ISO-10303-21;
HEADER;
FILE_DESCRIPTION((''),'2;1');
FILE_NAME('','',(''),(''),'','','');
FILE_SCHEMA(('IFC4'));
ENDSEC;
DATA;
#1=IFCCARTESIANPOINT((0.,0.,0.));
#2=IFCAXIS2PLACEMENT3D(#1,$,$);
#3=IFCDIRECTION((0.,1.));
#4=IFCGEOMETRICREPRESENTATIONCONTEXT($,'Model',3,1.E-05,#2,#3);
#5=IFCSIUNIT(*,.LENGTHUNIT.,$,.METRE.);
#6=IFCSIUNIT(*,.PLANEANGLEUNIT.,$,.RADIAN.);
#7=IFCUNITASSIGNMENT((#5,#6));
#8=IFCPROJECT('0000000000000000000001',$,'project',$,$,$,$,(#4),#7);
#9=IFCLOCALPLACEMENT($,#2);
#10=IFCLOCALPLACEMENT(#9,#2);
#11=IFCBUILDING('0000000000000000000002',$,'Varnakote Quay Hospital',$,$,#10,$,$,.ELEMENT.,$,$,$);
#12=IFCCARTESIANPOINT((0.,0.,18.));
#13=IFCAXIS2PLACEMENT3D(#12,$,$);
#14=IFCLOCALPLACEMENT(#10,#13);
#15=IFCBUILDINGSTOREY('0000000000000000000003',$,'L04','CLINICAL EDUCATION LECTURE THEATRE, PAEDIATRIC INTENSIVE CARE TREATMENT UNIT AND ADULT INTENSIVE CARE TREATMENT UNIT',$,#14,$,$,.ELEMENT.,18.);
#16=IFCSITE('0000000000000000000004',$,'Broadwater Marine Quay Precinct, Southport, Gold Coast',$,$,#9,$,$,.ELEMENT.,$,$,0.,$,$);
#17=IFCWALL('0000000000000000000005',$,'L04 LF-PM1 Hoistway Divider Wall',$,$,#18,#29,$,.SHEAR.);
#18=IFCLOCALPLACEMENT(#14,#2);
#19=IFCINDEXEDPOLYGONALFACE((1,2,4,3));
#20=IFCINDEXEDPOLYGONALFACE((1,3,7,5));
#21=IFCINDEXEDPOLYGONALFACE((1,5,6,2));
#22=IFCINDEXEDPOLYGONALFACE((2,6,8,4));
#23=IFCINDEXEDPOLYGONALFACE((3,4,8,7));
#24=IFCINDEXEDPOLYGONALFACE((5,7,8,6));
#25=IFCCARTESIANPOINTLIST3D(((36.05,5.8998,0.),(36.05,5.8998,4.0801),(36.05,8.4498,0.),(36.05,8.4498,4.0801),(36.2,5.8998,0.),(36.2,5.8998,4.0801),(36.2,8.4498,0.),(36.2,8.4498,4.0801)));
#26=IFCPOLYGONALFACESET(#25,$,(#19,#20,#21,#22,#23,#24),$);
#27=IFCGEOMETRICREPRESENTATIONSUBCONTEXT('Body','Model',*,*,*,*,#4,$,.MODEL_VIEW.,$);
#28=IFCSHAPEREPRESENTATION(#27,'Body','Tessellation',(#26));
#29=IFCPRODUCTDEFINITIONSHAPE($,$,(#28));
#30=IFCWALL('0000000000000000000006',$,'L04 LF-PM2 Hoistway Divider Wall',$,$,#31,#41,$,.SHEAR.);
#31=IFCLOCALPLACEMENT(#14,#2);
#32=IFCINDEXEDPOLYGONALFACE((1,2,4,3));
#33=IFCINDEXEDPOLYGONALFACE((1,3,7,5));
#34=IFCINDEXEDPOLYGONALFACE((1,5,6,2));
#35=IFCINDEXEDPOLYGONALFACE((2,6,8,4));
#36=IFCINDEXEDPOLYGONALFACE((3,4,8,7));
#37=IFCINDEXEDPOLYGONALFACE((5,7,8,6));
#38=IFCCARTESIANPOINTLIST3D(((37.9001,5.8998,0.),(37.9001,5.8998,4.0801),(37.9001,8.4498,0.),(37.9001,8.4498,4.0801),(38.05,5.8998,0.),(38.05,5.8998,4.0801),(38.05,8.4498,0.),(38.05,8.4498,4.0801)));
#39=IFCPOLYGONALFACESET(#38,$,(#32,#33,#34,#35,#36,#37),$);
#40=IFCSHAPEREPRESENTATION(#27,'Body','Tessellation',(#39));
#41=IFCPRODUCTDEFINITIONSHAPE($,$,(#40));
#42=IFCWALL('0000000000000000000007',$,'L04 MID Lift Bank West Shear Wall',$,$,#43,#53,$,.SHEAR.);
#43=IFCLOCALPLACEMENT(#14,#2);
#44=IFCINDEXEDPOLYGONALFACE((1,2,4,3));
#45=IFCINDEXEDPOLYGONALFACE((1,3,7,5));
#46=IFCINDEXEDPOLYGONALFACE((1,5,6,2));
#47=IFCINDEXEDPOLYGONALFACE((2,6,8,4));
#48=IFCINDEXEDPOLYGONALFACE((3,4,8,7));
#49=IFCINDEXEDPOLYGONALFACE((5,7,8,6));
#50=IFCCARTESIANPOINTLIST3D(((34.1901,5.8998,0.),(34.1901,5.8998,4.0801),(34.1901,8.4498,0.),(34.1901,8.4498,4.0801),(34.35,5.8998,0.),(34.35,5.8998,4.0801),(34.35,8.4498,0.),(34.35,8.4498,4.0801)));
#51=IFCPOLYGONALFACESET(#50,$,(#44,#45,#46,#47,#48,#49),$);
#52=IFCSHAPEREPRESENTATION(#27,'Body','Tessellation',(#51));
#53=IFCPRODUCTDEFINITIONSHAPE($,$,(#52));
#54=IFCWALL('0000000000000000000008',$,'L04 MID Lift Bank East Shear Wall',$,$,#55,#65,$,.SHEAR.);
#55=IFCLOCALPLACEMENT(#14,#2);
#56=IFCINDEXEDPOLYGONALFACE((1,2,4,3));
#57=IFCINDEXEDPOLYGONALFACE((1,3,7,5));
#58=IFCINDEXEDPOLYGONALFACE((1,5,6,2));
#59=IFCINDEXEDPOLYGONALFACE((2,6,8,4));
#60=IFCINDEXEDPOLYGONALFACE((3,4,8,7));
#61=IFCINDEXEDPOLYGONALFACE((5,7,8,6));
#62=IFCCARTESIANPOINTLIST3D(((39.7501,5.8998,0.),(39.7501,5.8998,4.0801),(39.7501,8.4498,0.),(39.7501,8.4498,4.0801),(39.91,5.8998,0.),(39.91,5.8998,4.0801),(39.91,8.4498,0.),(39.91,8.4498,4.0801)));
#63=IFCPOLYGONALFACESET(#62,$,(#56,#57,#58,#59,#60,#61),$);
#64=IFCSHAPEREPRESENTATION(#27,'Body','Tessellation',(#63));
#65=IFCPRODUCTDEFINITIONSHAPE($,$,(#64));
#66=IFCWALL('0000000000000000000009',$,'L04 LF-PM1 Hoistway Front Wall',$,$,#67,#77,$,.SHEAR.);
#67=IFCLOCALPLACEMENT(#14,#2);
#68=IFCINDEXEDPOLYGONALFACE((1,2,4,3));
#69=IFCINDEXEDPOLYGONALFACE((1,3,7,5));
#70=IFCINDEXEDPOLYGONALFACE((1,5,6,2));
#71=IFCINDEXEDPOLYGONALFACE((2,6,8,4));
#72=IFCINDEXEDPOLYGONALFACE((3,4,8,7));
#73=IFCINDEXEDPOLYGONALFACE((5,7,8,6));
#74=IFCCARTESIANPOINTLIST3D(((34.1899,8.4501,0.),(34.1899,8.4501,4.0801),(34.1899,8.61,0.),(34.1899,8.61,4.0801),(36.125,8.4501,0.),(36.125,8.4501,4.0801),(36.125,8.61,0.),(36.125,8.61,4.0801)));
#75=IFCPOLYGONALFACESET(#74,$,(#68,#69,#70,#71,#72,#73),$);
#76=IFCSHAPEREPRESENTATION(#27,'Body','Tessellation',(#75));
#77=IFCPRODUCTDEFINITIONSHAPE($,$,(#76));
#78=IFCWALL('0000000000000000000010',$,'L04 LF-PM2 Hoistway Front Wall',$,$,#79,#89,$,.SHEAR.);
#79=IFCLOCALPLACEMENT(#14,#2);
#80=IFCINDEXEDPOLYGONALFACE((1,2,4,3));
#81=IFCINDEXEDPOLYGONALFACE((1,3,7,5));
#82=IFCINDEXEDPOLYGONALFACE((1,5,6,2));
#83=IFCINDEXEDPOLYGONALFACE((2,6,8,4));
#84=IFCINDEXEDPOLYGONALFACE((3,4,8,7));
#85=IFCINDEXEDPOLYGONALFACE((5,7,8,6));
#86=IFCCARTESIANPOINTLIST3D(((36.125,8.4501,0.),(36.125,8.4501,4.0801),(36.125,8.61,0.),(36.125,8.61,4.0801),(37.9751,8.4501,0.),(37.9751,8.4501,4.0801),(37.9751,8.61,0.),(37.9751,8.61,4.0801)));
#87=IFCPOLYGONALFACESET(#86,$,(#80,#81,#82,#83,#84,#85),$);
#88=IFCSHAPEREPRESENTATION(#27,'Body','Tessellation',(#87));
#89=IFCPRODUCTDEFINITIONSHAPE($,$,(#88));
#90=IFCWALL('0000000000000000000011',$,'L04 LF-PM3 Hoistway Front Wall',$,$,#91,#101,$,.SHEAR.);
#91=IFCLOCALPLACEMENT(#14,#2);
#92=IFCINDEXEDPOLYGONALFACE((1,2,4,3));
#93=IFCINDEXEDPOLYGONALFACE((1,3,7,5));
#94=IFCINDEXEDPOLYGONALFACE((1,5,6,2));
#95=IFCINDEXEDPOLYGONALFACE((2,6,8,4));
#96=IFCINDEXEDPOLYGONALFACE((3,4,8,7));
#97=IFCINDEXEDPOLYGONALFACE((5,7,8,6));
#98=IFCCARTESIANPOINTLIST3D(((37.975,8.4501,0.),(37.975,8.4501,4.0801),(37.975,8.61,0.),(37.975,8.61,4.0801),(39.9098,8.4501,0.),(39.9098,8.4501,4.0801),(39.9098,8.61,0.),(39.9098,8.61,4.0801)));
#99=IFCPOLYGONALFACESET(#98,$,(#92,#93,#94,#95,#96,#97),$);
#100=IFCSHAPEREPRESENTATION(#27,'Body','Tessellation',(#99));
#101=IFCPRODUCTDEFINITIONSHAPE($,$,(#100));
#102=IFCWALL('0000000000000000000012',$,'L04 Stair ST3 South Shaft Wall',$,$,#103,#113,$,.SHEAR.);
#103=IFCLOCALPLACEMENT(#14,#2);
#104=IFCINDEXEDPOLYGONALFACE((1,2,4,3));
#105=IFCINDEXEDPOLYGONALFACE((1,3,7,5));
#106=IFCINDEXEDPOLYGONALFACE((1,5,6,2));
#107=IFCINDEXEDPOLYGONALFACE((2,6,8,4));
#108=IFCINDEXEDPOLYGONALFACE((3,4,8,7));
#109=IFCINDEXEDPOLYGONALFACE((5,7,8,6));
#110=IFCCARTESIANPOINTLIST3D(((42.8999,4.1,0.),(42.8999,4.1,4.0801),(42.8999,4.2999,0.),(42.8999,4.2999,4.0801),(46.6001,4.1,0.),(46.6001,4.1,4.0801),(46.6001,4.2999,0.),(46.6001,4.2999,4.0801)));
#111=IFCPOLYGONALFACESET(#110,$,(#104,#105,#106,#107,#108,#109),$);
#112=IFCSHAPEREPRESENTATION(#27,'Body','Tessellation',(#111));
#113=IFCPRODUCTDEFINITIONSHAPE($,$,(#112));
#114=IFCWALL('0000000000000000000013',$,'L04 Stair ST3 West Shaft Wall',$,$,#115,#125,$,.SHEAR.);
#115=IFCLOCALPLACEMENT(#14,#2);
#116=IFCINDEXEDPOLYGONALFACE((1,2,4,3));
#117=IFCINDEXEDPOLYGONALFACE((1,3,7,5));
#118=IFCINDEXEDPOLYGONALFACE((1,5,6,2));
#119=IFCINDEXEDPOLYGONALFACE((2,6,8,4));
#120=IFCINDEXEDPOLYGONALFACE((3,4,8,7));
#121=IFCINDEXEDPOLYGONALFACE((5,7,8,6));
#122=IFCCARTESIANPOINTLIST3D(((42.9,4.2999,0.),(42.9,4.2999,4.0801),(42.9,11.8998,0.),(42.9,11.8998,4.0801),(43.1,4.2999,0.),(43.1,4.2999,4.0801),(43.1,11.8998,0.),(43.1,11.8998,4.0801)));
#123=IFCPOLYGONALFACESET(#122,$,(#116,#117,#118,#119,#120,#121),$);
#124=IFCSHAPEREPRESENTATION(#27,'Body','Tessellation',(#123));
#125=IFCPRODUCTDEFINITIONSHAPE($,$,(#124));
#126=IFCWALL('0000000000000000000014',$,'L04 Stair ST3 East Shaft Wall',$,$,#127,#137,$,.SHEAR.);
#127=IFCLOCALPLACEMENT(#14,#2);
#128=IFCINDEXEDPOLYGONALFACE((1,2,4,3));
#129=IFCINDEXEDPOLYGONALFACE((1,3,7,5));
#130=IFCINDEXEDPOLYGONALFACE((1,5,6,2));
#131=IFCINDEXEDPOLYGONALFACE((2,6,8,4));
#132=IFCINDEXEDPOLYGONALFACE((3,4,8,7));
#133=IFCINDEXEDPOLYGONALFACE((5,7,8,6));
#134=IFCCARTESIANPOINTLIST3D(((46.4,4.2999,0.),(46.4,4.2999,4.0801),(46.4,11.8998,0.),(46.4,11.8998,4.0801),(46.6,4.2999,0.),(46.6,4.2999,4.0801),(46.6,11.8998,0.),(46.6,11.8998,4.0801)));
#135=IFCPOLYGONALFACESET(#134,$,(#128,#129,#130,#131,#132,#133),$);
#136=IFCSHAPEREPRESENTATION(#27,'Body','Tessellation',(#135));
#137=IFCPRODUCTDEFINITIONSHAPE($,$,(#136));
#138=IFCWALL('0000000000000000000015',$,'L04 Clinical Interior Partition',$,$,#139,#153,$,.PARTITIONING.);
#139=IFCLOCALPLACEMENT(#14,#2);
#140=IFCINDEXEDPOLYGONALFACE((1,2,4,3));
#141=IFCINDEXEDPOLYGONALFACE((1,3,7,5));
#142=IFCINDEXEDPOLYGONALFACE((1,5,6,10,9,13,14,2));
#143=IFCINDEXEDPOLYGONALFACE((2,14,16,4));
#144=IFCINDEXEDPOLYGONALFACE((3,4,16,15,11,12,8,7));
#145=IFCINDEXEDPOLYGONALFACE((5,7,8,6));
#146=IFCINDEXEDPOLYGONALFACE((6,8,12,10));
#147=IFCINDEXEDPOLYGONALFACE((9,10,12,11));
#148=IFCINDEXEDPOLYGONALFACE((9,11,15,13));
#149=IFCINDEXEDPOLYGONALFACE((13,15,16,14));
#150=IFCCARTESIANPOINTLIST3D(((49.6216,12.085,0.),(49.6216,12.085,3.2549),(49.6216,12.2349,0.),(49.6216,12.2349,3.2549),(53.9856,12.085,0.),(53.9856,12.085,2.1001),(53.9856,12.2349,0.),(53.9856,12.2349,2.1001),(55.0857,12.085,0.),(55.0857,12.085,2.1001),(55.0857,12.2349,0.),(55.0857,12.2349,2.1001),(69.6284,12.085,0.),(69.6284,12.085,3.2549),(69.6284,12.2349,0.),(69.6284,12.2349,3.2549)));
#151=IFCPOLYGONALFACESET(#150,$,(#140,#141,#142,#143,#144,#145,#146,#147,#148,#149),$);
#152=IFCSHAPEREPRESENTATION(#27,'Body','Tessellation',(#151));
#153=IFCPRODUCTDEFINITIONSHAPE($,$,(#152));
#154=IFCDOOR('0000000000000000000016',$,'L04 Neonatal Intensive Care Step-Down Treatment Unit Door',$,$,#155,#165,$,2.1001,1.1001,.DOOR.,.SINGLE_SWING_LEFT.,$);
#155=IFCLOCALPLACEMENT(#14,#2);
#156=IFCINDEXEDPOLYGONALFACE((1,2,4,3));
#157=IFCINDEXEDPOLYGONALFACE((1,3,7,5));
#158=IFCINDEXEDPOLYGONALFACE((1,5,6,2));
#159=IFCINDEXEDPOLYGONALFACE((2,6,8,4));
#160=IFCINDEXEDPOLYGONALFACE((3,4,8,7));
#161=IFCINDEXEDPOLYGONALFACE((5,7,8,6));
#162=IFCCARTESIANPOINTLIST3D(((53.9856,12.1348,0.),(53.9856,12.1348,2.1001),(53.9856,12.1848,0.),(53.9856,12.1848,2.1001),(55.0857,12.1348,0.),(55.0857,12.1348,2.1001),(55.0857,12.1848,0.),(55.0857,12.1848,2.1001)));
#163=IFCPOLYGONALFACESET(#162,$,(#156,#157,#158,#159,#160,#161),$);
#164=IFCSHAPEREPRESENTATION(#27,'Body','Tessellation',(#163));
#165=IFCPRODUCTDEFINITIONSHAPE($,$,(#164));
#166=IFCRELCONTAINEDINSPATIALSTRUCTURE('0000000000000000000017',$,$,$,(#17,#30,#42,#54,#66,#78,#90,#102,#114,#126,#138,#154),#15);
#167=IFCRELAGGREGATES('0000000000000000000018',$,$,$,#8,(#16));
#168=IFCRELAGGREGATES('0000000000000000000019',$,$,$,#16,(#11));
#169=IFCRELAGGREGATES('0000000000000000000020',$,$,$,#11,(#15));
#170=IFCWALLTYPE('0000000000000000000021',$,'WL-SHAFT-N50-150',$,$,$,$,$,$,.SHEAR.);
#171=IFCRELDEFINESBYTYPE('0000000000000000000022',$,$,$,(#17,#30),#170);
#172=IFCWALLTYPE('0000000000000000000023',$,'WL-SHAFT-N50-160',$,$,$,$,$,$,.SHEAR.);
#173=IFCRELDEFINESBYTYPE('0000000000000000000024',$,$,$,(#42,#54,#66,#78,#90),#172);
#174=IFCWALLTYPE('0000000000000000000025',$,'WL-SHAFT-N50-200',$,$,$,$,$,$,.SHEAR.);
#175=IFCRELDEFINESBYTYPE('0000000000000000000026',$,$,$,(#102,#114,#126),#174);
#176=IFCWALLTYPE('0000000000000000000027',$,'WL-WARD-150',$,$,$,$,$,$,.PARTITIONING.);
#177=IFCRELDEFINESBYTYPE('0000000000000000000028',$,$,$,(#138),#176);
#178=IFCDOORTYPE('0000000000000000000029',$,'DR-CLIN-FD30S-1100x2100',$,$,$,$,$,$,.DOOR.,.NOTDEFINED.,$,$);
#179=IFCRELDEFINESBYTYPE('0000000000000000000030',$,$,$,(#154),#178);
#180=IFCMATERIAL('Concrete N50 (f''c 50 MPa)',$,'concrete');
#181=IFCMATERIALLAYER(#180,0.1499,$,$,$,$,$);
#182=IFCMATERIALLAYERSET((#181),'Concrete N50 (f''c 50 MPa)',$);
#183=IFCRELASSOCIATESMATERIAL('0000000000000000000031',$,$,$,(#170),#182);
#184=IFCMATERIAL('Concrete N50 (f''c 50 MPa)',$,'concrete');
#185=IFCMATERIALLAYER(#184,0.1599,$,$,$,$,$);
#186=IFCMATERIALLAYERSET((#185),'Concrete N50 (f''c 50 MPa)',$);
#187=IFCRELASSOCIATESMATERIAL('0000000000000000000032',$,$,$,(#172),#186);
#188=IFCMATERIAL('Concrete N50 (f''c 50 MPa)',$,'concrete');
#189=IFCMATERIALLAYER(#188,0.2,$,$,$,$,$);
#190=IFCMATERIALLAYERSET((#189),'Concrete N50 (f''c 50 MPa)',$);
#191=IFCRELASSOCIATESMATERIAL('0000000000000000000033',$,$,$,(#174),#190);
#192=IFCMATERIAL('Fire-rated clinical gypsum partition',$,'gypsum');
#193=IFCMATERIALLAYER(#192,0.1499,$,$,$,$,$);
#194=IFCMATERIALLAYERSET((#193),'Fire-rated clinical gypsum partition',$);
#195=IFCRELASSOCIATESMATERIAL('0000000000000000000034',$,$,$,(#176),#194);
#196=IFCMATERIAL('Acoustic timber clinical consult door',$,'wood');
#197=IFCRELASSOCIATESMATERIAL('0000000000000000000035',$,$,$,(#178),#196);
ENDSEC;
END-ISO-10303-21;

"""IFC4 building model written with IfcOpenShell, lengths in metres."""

from ifc_helpers import new_model, si_unit, direction, frame, frame_2d, origin, place, context, subcontext, project, spatial, rectangle, extrude, material, layer, layer_set, type_object, element, fill, save


model = new_model("IFC4")

# Units and contexts
model_context = context("Model", 3, precision=1e-05, world=origin(), true_north=direction((0.0, 1.0)))
body_context = subcontext(model_context, "Body", "Model", "MODEL_VIEW")
ifc_project = project(units=[si_unit("LENGTHUNIT", "METRE"), si_unit("PLANEANGLEUNIT", "RADIAN")], contexts=[model_context])

# Site, building, storey
site_placement = place(None, origin())
site = spatial("IfcSite", under=ifc_project, at=site_placement, Name="Broadwater Marine Quay Precinct, Southport, Gold Coast", CompositionType="ELEMENT", RefElevation=0.0)
building_placement = place(site_placement, origin())
building = spatial("IfcBuilding", under=site, at=building_placement, Name="Varnakote Quay Hospital", CompositionType="ELEMENT")
storey_placement = place(building_placement, frame((0.0, 0.0, 18.0)))
storey = spatial("IfcBuildingStorey", under=building, at=storey_placement, Name="L04", Description="CLINICAL EDUCATION LECTURE THEATRE, PAEDIATRIC INTENSIVE CARE TREATMENT UNIT AND ADULT INTENSIVE CARE TREATMENT UNIT", CompositionType="ELEMENT", Elevation=18.0)

# Walls
ifc_material_1 = material(Name="Concrete N50 (f'c 50 MPa)", Category="concrete")
ifc_layer_1 = layer(ifc_material_1, 0.1499)
ifc_layer_set_1 = layer_set([ifc_layer_1], Name="Concrete N50 (f'c 50 MPa)")
wall_type_1 = type_object("IfcWallType", Name="WL-SHAFT-N50-150", PredefinedType="SHEAR", material=ifc_layer_set_1)
for number, where, z_axis, x_axis, name in (
    (1, (36.125, 5.8999, 0.0), (0.0, 0.0, 1.0), (0.0, 1.0, 0.0), "L04 LF-PM1 Hoistway Divider Wall"),
    (2, (37.9751, 5.8999, 0.0), (0.0, 0.0, 1.0), (0.0, 1.0, 0.0), "L04 LF-PM2 Hoistway Divider Wall"),
):
    element("IfcWall", number, at=place(storey_placement, frame(where, z_axis=z_axis, x_axis=x_axis)), inside=storey, type_object=wall_type_1, Name=name, PredefinedType="SHEAR", context=body_context, shape_type="SweptSolid", body=[
        extrude(rectangle(XDim=2.55, YDim=0.1499, at=frame_2d((1.2749, 0.0))), origin(), (0.0, 0.0, 1.0), 4.0801),
    ])
ifc_material_2 = material(Name="Concrete N50 (f'c 50 MPa)", Category="concrete")
ifc_layer_2 = layer(ifc_material_2, 0.1599)
ifc_layer_set_2 = layer_set([ifc_layer_2], Name="Concrete N50 (f'c 50 MPa)")
wall_type_2 = type_object("IfcWallType", Name="WL-SHAFT-N50-160", PredefinedType="SHEAR", material=ifc_layer_set_2)
for number, where, z_axis, x_axis, name in (
    (3, (34.27, 5.8999, 0.0), (0.0, 0.0, 1.0), (0.0, 1.0, 0.0), "L04 MID Lift Bank West Shear Wall"),
    (4, (39.8301, 5.8999, 0.0), (0.0, 0.0, 1.0), (0.0, 1.0, 0.0), "L04 MID Lift Bank East Shear Wall"),
):
    element("IfcWall", number, at=place(storey_placement, frame(where, z_axis=z_axis, x_axis=x_axis)), inside=storey, type_object=wall_type_2, Name=name, PredefinedType="SHEAR", context=body_context, shape_type="SweptSolid", body=[
        extrude(rectangle(XDim=2.55, YDim=0.1599, at=frame_2d((1.2749, 0.0))), origin(), (0.0, 0.0, 1.0), 4.0801),
    ])
wall_1_placement = place(storey_placement, frame((34.1899, 8.53, 0.0), z_axis=(0.0, 0.0, 1.0), x_axis=(1.0, 0.0, 0.0)))
element("IfcWall", 5, at=wall_1_placement, inside=storey, type_object=wall_type_2, Name="L04 LF-PM1 Hoistway Front Wall", PredefinedType="SHEAR", context=body_context, shape_type="SweptSolid", body=[
    extrude(rectangle(XDim=1.9351, YDim=0.1599, at=frame_2d((0.9675, 0.0))), origin(), (0.0, 0.0, 1.0), 4.0801),
])
wall_2_placement = place(storey_placement, frame((36.125, 8.53, 0.0), z_axis=(0.0, 0.0, 1.0), x_axis=(1.0, 0.0, 0.0)))
element("IfcWall", 6, at=wall_2_placement, inside=storey, type_object=wall_type_2, Name="L04 LF-PM2 Hoistway Front Wall", PredefinedType="SHEAR", context=body_context, shape_type="SweptSolid", body=[
    extrude(rectangle(XDim=1.8501, YDim=0.1599, at=frame_2d((0.925, 0.0))), origin(), (0.0, 0.0, 1.0), 4.0801),
])
wall_3_placement = place(storey_placement, frame((37.9751, 8.53, 0.0), z_axis=(0.0, 0.0, 1.0), x_axis=(1.0, 0.0, 0.0)))
element("IfcWall", 7, at=wall_3_placement, inside=storey, type_object=wall_type_2, Name="L04 LF-PM3 Hoistway Front Wall", PredefinedType="SHEAR", context=body_context, shape_type="SweptSolid", body=[
    extrude(rectangle(XDim=1.9348, YDim=0.1599, at=frame_2d((0.9673, 0.0))), origin(), (0.0, 0.0, 1.0), 4.0801),
])
ifc_material_3 = material(Name="Concrete N50 (f'c 50 MPa)", Category="concrete")
ifc_layer_3 = layer(ifc_material_3, 0.2)
ifc_layer_set_3 = layer_set([ifc_layer_3], Name="Concrete N50 (f'c 50 MPa)")
wall_type_3 = type_object("IfcWallType", Name="WL-SHAFT-N50-200", PredefinedType="SHEAR", material=ifc_layer_set_3)
wall_4_placement = place(storey_placement, frame((42.8999, 4.2, 0.0), z_axis=(0.0, 0.0, 1.0), x_axis=(1.0, 0.0, 0.0)))
element("IfcWall", 8, at=wall_4_placement, inside=storey, type_object=wall_type_3, Name="L04 Stair ST3 South Shaft Wall", PredefinedType="SHEAR", context=body_context, shape_type="SweptSolid", body=[
    extrude(rectangle(XDim=3.7002, YDim=0.2, at=frame_2d((1.8501, 0.0))), origin(), (0.0, 0.0, 1.0), 4.0801),
])
for number, where, z_axis, x_axis, name in (
    (9, (43.0, 4.3, 0.0), (0.0, 0.0, 1.0), (0.0, 1.0, 0.0), "L04 Stair ST3 West Shaft Wall"),
    (10, (46.5, 4.3, 0.0), (0.0, 0.0, 1.0), (0.0, 1.0, 0.0), "L04 Stair ST3 East Shaft Wall"),
):
    element("IfcWall", number, at=place(storey_placement, frame(where, z_axis=z_axis, x_axis=x_axis)), inside=storey, type_object=wall_type_3, Name=name, PredefinedType="SHEAR", context=body_context, shape_type="SweptSolid", body=[
        extrude(rectangle(XDim=7.5999, YDim=0.2, at=frame_2d((3.7998, 0.0))), origin(), (0.0, 0.0, 1.0), 4.0801),
    ])

# Wall, opening, door
ifc_material_4 = material(Name="Fire-rated clinical gypsum partition", Category="gypsum")
ifc_layer_4 = layer(ifc_material_4, 0.1499)
ifc_layer_set_4 = layer_set([ifc_layer_4], Name="Fire-rated clinical gypsum partition")
wall_type_4 = type_object("IfcWallType", Name="WL-WARD-150", PredefinedType="PARTITIONING", material=ifc_layer_set_4)
wall_5_placement = place(storey_placement, frame((49.6216, 12.1599, 0.0), z_axis=(0.0, 0.0, 1.0), x_axis=(1.0, 0.0, 0.0)))
wall_5 = element("IfcWall", 11, at=wall_5_placement, inside=storey, type_object=wall_type_4, Name="L04 Clinical Interior Partition", PredefinedType="PARTITIONING", context=body_context, shape_type="SweptSolid", body=[
    extrude(rectangle(XDim=20.0068, YDim=0.1499, at=frame_2d((10.0034, 0.0))), origin(), (0.0, 0.0, 1.0), 3.2549),
])
opening_1_placement = place(wall_5_placement, frame((4.364, 0.0, 0.0)))
opening_1 = element("IfcOpeningElement", 12, at=opening_1_placement, cuts=wall_5, PredefinedType="OPENING", context=body_context, shape_type="SweptSolid", body=[
    extrude(rectangle(XDim=1.1001, YDim=2.1001, at=frame_2d((0.55, 1.05))), frame((0.0, 0.085, 0.0), z_axis=(0.0, -1.0, 0.0), x_axis=(1.0, 0.0, 0.0)), (0.0, 0.0, 1.0), 0.1699),
])
ifc_material_5 = material(Name="Acoustic timber clinical consult door", Category="wood")
door_type_1 = type_object("IfcDoorType", Name="DR-CLIN-FD30S-1100x2100", OperationType="NOTDEFINED", PredefinedType="DOOR", material=ifc_material_5)
door_1_placement = place(opening_1_placement, origin())
door_1 = element("IfcDoor", 13, at=door_1_placement, inside=storey, type_object=door_type_1, Name="L04 Neonatal Intensive Care Step-Down Treatment Unit Door", OperationType="SINGLE_SWING_LEFT", OverallHeight=2.1001, OverallWidth=1.1001, PredefinedType="DOOR", context=body_context, shape_type="SweptSolid", body=[
    extrude(rectangle(XDim=1.1001, YDim=2.1001, at=frame_2d((0.55, 1.05))), frame((0.0, 0.0249, 0.0), z_axis=(0.0, -1.0, 0.0), x_axis=(1.0, 0.0, 0.0)), (0.0, 0.0, 1.0), 0.05),
])
fill(opening_1, door_1)

save(model, "model.ifc")
